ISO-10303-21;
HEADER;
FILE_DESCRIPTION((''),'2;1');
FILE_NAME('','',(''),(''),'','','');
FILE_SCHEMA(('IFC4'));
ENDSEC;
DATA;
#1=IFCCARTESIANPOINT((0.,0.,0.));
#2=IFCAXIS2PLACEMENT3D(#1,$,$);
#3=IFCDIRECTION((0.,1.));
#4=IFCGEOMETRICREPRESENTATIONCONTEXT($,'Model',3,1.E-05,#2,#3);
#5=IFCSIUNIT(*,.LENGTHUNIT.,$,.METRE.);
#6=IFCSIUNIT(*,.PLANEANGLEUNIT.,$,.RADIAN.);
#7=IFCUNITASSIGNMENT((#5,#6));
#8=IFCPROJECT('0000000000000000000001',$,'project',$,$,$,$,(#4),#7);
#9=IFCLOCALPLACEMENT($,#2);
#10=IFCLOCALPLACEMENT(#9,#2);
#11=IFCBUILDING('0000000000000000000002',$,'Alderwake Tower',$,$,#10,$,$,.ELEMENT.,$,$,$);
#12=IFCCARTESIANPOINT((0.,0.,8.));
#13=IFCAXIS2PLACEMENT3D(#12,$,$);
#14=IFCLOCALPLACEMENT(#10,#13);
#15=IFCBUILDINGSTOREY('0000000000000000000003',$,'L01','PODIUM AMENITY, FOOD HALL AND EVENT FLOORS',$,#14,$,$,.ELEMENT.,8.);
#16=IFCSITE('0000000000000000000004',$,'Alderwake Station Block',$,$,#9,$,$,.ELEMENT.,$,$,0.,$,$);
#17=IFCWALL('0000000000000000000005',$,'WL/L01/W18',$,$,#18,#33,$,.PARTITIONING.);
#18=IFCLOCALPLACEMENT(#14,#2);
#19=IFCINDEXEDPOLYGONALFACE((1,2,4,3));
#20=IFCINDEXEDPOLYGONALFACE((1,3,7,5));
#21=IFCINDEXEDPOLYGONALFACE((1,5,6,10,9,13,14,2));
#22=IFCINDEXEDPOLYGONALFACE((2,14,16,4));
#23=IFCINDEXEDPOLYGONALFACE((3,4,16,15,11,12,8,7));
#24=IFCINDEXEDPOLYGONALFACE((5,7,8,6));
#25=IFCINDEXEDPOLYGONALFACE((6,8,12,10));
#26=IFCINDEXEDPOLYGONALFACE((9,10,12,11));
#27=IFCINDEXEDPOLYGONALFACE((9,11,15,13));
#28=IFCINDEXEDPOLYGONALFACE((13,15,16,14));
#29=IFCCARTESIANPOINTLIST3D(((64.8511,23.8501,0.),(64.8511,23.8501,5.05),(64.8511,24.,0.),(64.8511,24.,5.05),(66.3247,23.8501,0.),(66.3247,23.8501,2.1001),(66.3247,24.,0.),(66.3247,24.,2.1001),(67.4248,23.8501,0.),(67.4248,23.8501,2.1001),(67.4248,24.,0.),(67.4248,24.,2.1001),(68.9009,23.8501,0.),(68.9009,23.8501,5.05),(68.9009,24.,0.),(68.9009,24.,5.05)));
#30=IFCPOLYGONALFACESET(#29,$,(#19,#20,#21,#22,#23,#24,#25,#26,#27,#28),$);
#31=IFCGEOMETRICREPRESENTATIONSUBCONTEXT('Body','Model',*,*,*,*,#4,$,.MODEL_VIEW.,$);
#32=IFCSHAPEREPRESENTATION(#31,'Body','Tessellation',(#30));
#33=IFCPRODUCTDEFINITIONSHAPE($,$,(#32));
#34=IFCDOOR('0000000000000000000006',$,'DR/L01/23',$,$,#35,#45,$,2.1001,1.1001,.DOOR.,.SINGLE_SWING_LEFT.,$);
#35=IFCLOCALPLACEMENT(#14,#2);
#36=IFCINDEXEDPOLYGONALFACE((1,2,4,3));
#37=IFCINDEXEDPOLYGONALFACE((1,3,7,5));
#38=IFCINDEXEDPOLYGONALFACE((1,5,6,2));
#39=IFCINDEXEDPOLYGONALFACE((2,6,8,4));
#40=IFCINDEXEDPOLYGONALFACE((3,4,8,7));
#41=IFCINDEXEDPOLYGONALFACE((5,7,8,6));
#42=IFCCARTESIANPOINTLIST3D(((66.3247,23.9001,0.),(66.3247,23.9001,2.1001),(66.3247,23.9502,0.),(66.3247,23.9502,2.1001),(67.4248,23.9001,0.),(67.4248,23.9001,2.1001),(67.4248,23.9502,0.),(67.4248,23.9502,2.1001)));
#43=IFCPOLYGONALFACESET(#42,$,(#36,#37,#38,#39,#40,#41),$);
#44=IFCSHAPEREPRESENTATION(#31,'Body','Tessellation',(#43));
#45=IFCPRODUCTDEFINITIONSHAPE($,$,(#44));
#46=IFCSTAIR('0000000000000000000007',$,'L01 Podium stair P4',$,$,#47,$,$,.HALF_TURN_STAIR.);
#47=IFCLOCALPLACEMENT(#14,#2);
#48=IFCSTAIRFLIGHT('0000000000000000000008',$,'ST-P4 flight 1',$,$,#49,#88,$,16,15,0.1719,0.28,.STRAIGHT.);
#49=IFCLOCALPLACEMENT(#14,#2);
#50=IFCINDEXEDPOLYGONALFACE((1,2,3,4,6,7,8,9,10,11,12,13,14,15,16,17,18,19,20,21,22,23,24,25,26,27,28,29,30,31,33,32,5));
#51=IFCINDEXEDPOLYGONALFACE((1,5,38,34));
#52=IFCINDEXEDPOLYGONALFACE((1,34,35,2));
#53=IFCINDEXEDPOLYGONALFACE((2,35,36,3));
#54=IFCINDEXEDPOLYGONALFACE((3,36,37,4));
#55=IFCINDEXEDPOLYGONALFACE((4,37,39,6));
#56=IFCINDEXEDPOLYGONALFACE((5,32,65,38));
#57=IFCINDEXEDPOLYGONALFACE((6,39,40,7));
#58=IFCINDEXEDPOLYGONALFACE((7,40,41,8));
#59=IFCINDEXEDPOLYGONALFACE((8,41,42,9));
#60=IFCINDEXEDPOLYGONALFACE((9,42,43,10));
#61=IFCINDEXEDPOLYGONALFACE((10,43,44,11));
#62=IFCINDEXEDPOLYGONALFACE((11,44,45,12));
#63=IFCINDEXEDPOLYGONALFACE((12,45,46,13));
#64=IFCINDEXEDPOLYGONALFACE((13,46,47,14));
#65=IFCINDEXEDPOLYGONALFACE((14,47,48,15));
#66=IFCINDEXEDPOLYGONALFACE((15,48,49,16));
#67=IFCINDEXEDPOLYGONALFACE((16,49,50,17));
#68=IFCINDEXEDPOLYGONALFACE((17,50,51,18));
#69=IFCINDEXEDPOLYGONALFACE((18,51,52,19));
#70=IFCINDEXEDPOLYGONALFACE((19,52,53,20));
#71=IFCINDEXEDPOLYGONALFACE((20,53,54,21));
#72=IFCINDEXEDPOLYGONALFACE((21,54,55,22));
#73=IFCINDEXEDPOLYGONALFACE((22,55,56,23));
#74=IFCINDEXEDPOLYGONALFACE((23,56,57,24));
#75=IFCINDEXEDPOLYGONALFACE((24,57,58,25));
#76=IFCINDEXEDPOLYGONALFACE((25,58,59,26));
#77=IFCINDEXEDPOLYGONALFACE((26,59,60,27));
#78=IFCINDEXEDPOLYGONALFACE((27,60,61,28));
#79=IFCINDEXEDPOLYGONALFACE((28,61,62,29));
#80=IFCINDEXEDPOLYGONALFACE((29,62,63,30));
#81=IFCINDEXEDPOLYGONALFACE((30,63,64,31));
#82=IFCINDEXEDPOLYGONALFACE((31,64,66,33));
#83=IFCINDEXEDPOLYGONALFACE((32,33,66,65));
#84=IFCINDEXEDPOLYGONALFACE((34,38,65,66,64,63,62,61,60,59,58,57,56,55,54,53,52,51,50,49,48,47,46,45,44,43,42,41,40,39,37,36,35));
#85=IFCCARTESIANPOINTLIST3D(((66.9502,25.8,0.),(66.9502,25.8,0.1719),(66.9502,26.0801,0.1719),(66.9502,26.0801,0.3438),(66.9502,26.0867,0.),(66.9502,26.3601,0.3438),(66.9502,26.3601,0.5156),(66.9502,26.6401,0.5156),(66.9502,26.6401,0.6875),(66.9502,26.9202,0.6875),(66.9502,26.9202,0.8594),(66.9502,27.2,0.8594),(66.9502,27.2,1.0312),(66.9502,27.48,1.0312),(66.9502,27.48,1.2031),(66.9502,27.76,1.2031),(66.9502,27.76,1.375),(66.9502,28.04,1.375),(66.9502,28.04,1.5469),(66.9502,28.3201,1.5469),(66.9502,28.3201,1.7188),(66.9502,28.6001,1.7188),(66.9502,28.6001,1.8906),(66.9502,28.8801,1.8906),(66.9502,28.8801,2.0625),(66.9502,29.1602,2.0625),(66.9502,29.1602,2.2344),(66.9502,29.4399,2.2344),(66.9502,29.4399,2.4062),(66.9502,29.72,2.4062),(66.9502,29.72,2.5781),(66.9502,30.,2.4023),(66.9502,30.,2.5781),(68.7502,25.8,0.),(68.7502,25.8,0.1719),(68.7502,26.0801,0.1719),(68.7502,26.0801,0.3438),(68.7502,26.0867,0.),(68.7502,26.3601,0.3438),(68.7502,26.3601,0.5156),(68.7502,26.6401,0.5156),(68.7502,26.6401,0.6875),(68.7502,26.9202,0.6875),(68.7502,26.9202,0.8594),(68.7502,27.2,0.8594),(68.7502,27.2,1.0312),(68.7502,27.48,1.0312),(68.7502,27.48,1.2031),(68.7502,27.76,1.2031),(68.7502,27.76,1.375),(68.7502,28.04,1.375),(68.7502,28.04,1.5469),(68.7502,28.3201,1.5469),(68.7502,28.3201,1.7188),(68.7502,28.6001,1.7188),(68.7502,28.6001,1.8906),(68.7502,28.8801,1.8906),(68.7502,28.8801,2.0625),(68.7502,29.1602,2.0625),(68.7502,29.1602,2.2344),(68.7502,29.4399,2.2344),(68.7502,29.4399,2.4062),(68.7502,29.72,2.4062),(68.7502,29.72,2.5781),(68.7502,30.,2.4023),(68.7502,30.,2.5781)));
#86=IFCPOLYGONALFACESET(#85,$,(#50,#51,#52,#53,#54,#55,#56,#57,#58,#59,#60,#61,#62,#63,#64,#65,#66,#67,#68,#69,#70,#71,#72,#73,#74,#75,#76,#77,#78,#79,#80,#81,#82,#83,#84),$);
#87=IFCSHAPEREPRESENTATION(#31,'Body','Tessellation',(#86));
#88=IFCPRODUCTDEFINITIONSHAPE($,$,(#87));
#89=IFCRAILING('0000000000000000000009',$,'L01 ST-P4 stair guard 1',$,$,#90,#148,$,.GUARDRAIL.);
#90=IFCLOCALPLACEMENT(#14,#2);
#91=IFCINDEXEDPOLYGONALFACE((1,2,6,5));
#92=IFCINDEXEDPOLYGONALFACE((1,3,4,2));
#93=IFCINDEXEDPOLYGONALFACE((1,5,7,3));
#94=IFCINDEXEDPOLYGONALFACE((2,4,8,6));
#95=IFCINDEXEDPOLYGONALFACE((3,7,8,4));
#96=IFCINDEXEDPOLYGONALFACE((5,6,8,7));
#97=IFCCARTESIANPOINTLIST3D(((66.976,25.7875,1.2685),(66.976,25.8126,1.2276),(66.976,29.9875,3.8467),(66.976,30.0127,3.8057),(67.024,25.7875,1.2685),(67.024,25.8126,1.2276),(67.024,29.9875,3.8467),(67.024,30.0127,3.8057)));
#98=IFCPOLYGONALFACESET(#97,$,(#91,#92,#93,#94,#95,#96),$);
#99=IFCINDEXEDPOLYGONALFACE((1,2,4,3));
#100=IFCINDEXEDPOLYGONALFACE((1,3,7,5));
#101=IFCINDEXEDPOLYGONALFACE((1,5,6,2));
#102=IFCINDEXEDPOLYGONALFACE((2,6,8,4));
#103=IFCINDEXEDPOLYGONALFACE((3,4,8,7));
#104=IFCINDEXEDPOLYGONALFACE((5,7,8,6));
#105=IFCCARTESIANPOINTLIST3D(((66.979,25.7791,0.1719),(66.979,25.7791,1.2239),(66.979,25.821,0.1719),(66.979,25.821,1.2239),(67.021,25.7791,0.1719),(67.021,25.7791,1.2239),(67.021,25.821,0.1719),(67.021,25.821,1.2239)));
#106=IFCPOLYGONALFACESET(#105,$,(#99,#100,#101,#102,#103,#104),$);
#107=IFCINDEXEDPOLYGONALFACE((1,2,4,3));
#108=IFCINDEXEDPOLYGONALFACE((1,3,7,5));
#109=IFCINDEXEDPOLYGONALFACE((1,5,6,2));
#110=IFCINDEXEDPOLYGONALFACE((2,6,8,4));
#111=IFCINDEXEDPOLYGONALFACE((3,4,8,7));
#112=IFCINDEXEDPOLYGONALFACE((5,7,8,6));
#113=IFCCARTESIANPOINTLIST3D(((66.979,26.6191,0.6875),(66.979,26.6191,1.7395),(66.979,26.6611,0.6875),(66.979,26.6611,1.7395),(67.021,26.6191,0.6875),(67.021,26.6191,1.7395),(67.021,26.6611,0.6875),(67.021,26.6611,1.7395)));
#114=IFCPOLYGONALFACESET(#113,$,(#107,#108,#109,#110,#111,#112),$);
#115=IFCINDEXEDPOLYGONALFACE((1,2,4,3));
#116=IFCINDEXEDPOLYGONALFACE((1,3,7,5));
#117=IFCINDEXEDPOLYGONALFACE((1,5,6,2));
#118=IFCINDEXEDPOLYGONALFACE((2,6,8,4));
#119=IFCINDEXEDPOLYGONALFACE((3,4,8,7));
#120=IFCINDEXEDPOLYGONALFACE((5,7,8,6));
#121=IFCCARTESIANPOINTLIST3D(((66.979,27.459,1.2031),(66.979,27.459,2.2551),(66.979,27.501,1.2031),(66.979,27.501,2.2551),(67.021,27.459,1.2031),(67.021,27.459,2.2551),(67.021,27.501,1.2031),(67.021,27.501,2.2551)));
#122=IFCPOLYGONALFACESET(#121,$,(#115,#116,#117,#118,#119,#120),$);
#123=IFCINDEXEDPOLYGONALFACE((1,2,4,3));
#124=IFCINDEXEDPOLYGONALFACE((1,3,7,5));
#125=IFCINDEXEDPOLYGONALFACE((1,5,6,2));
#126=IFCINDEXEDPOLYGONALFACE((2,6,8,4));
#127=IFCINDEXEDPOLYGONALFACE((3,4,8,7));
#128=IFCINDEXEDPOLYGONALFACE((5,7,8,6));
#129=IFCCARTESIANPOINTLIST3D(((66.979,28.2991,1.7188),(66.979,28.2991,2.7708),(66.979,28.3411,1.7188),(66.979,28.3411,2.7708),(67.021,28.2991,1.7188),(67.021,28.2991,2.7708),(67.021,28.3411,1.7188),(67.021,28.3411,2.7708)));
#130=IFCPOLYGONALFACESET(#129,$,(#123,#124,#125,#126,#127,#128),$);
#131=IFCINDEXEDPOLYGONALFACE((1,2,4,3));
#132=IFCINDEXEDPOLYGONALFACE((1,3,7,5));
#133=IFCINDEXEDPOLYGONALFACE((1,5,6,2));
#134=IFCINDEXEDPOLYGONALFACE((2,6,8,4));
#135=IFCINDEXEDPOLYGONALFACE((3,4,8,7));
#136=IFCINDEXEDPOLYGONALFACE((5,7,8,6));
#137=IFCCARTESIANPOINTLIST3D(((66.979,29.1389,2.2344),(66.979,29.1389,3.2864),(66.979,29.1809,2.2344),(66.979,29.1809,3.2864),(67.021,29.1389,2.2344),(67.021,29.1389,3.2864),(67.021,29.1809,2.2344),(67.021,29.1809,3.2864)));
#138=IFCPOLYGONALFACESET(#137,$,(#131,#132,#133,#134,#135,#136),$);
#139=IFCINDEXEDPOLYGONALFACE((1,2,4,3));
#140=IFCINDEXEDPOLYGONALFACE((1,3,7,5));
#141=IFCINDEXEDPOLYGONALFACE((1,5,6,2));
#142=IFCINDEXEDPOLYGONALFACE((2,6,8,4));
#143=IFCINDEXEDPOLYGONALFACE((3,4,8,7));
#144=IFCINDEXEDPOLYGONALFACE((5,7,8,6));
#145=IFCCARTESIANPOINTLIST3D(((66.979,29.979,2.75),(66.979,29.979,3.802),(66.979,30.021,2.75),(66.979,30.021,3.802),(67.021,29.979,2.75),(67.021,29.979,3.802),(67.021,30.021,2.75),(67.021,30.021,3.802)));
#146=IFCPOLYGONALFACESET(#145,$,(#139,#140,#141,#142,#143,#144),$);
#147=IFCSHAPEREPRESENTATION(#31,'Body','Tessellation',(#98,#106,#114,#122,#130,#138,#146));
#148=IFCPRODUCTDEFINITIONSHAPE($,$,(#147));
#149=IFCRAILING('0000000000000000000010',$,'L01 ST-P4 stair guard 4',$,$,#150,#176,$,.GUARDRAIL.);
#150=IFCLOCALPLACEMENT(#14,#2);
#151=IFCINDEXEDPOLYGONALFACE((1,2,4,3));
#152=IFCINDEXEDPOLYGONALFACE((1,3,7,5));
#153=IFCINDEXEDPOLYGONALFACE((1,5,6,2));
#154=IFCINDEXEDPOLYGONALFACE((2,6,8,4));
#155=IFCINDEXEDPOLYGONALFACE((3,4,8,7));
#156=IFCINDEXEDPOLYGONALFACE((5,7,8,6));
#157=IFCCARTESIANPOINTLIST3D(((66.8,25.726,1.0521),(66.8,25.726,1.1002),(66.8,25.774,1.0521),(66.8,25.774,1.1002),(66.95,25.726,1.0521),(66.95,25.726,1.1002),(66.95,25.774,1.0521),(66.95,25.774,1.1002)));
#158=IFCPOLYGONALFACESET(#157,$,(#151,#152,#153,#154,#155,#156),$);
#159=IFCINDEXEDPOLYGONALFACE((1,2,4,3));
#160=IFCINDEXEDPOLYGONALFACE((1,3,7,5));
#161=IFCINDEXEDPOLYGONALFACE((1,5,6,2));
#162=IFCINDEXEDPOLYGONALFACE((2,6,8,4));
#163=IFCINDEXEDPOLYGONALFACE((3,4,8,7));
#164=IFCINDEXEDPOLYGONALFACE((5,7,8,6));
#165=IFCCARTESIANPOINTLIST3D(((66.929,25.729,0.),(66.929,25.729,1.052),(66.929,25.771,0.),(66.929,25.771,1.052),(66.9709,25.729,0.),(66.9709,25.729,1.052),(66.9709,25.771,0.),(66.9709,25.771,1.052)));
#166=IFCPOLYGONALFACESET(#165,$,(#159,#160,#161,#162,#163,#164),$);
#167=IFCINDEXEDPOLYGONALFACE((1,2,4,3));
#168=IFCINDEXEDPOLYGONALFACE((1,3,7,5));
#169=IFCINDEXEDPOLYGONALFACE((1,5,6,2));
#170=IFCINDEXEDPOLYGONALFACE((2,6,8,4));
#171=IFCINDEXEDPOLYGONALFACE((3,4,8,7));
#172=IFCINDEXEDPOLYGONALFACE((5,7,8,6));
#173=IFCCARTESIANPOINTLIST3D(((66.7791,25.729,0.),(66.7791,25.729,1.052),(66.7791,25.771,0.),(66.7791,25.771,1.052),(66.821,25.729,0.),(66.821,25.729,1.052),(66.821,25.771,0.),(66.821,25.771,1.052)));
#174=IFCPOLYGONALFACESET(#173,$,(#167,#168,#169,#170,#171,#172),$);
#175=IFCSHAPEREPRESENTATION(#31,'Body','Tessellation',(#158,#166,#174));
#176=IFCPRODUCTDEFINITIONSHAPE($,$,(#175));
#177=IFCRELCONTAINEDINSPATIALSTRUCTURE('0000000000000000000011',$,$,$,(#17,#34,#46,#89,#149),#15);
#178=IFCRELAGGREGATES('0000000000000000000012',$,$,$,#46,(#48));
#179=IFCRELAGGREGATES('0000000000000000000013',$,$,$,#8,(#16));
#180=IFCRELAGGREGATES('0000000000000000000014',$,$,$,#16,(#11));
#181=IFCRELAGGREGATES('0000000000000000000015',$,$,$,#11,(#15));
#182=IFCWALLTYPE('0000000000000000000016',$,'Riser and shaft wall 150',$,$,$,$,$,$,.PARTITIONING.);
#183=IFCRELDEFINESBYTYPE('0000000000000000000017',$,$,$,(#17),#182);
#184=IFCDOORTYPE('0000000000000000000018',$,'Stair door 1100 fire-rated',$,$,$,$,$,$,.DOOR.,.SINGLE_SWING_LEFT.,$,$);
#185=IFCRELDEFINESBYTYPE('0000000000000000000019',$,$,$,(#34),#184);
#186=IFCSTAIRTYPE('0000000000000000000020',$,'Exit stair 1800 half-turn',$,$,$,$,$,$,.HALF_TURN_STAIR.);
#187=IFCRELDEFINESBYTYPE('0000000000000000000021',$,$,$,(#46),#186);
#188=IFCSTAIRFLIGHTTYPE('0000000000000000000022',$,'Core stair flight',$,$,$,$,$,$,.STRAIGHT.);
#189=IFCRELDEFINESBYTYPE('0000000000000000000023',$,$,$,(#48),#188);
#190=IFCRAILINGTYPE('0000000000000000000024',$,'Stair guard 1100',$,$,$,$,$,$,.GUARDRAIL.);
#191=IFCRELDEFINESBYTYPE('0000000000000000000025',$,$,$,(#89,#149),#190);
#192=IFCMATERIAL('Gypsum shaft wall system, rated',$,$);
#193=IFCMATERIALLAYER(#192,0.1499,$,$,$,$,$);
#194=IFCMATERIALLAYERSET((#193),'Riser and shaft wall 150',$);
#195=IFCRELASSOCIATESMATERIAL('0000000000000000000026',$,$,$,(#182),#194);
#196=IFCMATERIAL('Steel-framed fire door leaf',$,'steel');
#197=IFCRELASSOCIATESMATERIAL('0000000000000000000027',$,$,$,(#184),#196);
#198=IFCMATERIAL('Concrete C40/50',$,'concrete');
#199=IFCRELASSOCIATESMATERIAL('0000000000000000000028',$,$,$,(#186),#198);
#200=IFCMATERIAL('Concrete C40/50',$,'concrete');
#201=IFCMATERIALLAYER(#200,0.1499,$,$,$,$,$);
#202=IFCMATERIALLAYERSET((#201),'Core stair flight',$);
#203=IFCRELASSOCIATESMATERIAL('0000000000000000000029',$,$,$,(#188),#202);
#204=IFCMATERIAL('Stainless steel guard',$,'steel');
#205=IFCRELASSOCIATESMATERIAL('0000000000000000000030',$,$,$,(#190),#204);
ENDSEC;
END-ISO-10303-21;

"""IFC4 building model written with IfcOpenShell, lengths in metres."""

from ifc_helpers import new_model, si_unit, direction, frame, frame_2d, origin, origin_2d, place, context, subcontext, project, spatial, polyline, rectangle, outline, extrude, material, layer, layer_set, type_object, element, fill, aggregate, save


model = new_model("IFC4")

# Units and contexts
model_context = context("Model", 3, precision=1e-05, world=origin(), true_north=direction((0.0, 1.0)))
body_context = subcontext(model_context, "Body", "Model", "MODEL_VIEW")
ifc_project = project(units=[si_unit("LENGTHUNIT", "METRE"), si_unit("PLANEANGLEUNIT", "RADIAN")], contexts=[model_context])

# Site, building, storey
site_placement = place(None, origin())
site = spatial("IfcSite", under=ifc_project, at=site_placement, Name="Alderwake Station Block", CompositionType="ELEMENT", RefElevation=0.0)
building_placement = place(site_placement, origin())
building = spatial("IfcBuilding", under=site, at=building_placement, Name="Alderwake Tower", CompositionType="ELEMENT")
storey_placement = place(building_placement, frame((0.0, 0.0, 8.0)))
storey = spatial("IfcBuildingStorey", under=building, at=storey_placement, Name="L01", Description="PODIUM AMENITY, FOOD HALL AND EVENT FLOORS", CompositionType="ELEMENT", Elevation=8.0)

# Wall, opening, door
ifc_material_1 = material(Name="Gypsum shaft wall system, rated")
ifc_layer_1 = layer(ifc_material_1, 0.1499)
ifc_layer_set_1 = layer_set([ifc_layer_1], Name="Riser and shaft wall 150")
wall_type_1 = type_object("IfcWallType", Name="Riser and shaft wall 150", PredefinedType="PARTITIONING", material=ifc_layer_set_1)
wall_1_placement = place(storey_placement, frame((68.9009, 23.925, 0.0), z_axis=(0.0, 0.0, 1.0), x_axis=(-1.0, 0.0, 0.0)))
wall_1 = element("IfcWall", 1, at=wall_1_placement, inside=storey, type_object=wall_type_1, Name="WL/L01/W18", PredefinedType="PARTITIONING", context=body_context, shape_type="SweptSolid", body=[
    extrude(rectangle(XDim=4.0498, YDim=0.1499, at=frame_2d((2.0249, 0.0))), origin(), (0.0, 0.0, 1.0), 5.05),
])
opening_placement = place(wall_1_placement, frame((1.4761, 0.0, 0.0)))
opening = element("IfcOpeningElement", 2, at=opening_placement, cuts=wall_1, PredefinedType="OPENING", context=body_context, shape_type="SweptSolid", body=[
    extrude(rectangle(XDim=1.1001, YDim=2.1001, at=frame_2d((0.55, 1.05))), frame((0.0, 0.085, 0.0), z_axis=(0.0, -1.0, 0.0), x_axis=(1.0, 0.0, 0.0)), (0.0, 0.0, 1.0), 0.1699),
])
ifc_material_2 = material(Name="Steel-framed fire door leaf", Category="steel")
door_type = type_object("IfcDoorType", Name="Stair door 1100 fire-rated", OperationType="SINGLE_SWING_LEFT", PredefinedType="DOOR", material=ifc_material_2)
door_placement = place(opening_placement, origin())
door = element("IfcDoor", 3, at=door_placement, inside=storey, type_object=door_type, Name="DR/L01/23", OperationType="SINGLE_SWING_LEFT", OverallHeight=2.1001, OverallWidth=1.1001, PredefinedType="DOOR", context=body_context, shape_type="SweptSolid", body=[
    extrude(rectangle(XDim=1.1001, YDim=2.1001, at=frame_2d((0.55, 1.05))), frame((0.0, 0.0249, 0.0), z_axis=(0.0, -1.0, 0.0), x_axis=(1.0, 0.0, 0.0)), (0.0, 0.0, 1.0), 0.05),
])
fill(opening, door)

# Stair, stair flight
ifc_material_3 = material(Name="Concrete C40/50", Category="concrete")
stair_type = type_object("IfcStairType", Name="Exit stair 1800 half-turn", PredefinedType="HALF_TURN_STAIR", material=ifc_material_3)
stair_placement = place(storey_placement, origin())
stair = element("IfcStair", 4, at=stair_placement, inside=storey, type_object=stair_type, Name="L01 Podium stair P4", PredefinedType="HALF_TURN_STAIR")
ifc_material_4 = material(Name="Concrete C40/50", Category="concrete")
ifc_layer_2 = layer(ifc_material_4, 0.1499)
ifc_layer_set_2 = layer_set([ifc_layer_2], Name="Core stair flight")
stair_flight_type = type_object("IfcStairFlightType", Name="Core stair flight", PredefinedType="STRAIGHT", material=ifc_layer_set_2)
stair_flight_placement = place(storey_placement, frame((67.8501, 25.8, 0.0), z_axis=(0.0, 0.0, 1.0), x_axis=(0.0, 1.0, 0.0)))
stair_flight = element("IfcStairFlight", 5, at=stair_flight_placement, type_object=stair_flight_type, Name="ST-P4 flight 1", NumberOfRisers=16, NumberOfTreads=15, PredefinedType="STRAIGHT", RiserHeight=0.1719, TreadLength=0.28, context=body_context, shape_type="SweptSolid", body=[
    extrude(outline(polyline([(0.0, 0.0), (0.0, 0.1719), (0.28, 0.1719), (0.28, 0.3438), (0.5601, 0.3438), (0.5601, 0.5156), (0.8401, 0.5156), (0.8401, 0.6875), (1.1201, 0.6875), (1.1201, 0.8594), (1.3999, 0.8594), (1.3999, 1.0312), (1.6799, 1.0312), (1.6799, 1.2031), (1.96, 1.2031), (1.96, 1.375), (2.24, 1.375), (2.24, 1.5469), (2.52, 1.5469), (2.52, 1.7188), (2.8, 1.7188), (2.8, 1.8906), (3.0801, 1.8906), (3.0801, 2.0625), (3.3601, 2.0625), (3.3601, 2.2344), (3.6399, 2.2344), (3.6399, 2.4062), (3.9199, 2.4062), (3.9199, 2.5781), (4.2, 2.5781), (4.2, 2.75), (4.2, 2.4023), (0.2866, 0.0), (0.0, 0.0)])), frame((0.0, 0.8999, 0.0), z_axis=(0.0, -1.0, 0.0), x_axis=(1.0, 0.0, 0.0)), (0.0, 0.0, 1.0), 1.8),
])
aggregate(stair, [stair_flight])

# Railings
ifc_material_5 = material(Name="Stainless steel guard", Category="steel")
railing_type_1 = type_object("IfcRailingType", Name="Stair guard 1100", PredefinedType="GUARDRAIL", material=ifc_material_5)
railing_1_placement = place(storey_placement, frame((67.0, 25.8, 0.1719)))
element("IfcRailing", 6, at=railing_1_placement, inside=storey, type_object=railing_type_1, Name="L01 ST-P4 stair guard 1", PredefinedType="GUARDRAIL", context=body_context, shape_type="SweptSolid", body=[
    extrude(rectangle(XDim=0.0481, YDim=0.0481, at=origin_2d()), frame((0.0, 0.0, 1.0762), z_axis=(0.0, 0.852243, 0.523146), x_axis=(-1.0, 0.0, 0.0)), (0.0, 0.0, 1.0), 4.9282),
    extrude(rectangle(XDim=0.042, YDim=0.042, at=origin_2d()), frame((0.0, 0.0, 0.0), z_axis=(0.0, 0.0, 1.0), x_axis=(0.0, 1.0, 0.0)), (0.0, 0.0, 1.0), 1.052),
    extrude(rectangle(XDim=0.042, YDim=0.042, at=origin_2d()), frame((0.0, 0.8401, 0.5156), z_axis=(0.0, 0.0, 1.0), x_axis=(0.0, 1.0, 0.0)), (0.0, 0.0, 1.0), 1.052),
    extrude(rectangle(XDim=0.042, YDim=0.042, at=origin_2d()), frame((0.0, 1.6799, 1.0312), z_axis=(0.0, 0.0, 1.0), x_axis=(0.0, 1.0, 0.0)), (0.0, 0.0, 1.0), 1.052),
    extrude(rectangle(XDim=0.042, YDim=0.042, at=origin_2d()), frame((0.0, 2.52, 1.5469), z_axis=(0.0, 0.0, 1.0), x_axis=(0.0, 1.0, 0.0)), (0.0, 0.0, 1.0), 1.052),
    extrude(rectangle(XDim=0.042, YDim=0.042, at=origin_2d()), frame((0.0, 3.3599, 2.0625), z_axis=(0.0, 0.0, 1.0), x_axis=(0.0, 1.0, 0.0)), (0.0, 0.0, 1.0), 1.052),
    extrude(rectangle(XDim=0.042, YDim=0.042, at=origin_2d()), frame((0.0, 4.2, 2.5781), z_axis=(0.0, 0.0, 1.0), x_axis=(0.0, 1.0, 0.0)), (0.0, 0.0, 1.0), 1.052),
])
railing_2_placement = place(storey_placement, frame((66.95, 25.75, 0.0)))
element("IfcRailing", 7, at=railing_2_placement, inside=storey, type_object=railing_type_1, Name="L01 ST-P4 stair guard 4", PredefinedType="GUARDRAIL", context=body_context, shape_type="SweptSolid", body=[
    extrude(rectangle(XDim=0.0481, YDim=0.0481, at=origin_2d()), frame((0.0, 0.0, 1.0762), z_axis=(-1.0, 0.0, 0.0), x_axis=(0.0, -1.0, 0.0)), (0.0, 0.0, 1.0), 0.1499),
    extrude(rectangle(XDim=0.042, YDim=0.042, at=origin_2d()), frame((0.0, 0.0, 0.0), z_axis=(0.0, 0.0, 1.0), x_axis=(-1.0, 0.0, 0.0)), (0.0, 0.0, 1.0), 1.052),
    extrude(rectangle(XDim=0.042, YDim=0.042, at=origin_2d()), frame((-0.1499, 0.0, 0.0), z_axis=(0.0, 0.0, 1.0), x_axis=(-1.0, 0.0, 0.0)), (0.0, 0.0, 1.0), 1.052),
])

save(model, "model.ifc")
